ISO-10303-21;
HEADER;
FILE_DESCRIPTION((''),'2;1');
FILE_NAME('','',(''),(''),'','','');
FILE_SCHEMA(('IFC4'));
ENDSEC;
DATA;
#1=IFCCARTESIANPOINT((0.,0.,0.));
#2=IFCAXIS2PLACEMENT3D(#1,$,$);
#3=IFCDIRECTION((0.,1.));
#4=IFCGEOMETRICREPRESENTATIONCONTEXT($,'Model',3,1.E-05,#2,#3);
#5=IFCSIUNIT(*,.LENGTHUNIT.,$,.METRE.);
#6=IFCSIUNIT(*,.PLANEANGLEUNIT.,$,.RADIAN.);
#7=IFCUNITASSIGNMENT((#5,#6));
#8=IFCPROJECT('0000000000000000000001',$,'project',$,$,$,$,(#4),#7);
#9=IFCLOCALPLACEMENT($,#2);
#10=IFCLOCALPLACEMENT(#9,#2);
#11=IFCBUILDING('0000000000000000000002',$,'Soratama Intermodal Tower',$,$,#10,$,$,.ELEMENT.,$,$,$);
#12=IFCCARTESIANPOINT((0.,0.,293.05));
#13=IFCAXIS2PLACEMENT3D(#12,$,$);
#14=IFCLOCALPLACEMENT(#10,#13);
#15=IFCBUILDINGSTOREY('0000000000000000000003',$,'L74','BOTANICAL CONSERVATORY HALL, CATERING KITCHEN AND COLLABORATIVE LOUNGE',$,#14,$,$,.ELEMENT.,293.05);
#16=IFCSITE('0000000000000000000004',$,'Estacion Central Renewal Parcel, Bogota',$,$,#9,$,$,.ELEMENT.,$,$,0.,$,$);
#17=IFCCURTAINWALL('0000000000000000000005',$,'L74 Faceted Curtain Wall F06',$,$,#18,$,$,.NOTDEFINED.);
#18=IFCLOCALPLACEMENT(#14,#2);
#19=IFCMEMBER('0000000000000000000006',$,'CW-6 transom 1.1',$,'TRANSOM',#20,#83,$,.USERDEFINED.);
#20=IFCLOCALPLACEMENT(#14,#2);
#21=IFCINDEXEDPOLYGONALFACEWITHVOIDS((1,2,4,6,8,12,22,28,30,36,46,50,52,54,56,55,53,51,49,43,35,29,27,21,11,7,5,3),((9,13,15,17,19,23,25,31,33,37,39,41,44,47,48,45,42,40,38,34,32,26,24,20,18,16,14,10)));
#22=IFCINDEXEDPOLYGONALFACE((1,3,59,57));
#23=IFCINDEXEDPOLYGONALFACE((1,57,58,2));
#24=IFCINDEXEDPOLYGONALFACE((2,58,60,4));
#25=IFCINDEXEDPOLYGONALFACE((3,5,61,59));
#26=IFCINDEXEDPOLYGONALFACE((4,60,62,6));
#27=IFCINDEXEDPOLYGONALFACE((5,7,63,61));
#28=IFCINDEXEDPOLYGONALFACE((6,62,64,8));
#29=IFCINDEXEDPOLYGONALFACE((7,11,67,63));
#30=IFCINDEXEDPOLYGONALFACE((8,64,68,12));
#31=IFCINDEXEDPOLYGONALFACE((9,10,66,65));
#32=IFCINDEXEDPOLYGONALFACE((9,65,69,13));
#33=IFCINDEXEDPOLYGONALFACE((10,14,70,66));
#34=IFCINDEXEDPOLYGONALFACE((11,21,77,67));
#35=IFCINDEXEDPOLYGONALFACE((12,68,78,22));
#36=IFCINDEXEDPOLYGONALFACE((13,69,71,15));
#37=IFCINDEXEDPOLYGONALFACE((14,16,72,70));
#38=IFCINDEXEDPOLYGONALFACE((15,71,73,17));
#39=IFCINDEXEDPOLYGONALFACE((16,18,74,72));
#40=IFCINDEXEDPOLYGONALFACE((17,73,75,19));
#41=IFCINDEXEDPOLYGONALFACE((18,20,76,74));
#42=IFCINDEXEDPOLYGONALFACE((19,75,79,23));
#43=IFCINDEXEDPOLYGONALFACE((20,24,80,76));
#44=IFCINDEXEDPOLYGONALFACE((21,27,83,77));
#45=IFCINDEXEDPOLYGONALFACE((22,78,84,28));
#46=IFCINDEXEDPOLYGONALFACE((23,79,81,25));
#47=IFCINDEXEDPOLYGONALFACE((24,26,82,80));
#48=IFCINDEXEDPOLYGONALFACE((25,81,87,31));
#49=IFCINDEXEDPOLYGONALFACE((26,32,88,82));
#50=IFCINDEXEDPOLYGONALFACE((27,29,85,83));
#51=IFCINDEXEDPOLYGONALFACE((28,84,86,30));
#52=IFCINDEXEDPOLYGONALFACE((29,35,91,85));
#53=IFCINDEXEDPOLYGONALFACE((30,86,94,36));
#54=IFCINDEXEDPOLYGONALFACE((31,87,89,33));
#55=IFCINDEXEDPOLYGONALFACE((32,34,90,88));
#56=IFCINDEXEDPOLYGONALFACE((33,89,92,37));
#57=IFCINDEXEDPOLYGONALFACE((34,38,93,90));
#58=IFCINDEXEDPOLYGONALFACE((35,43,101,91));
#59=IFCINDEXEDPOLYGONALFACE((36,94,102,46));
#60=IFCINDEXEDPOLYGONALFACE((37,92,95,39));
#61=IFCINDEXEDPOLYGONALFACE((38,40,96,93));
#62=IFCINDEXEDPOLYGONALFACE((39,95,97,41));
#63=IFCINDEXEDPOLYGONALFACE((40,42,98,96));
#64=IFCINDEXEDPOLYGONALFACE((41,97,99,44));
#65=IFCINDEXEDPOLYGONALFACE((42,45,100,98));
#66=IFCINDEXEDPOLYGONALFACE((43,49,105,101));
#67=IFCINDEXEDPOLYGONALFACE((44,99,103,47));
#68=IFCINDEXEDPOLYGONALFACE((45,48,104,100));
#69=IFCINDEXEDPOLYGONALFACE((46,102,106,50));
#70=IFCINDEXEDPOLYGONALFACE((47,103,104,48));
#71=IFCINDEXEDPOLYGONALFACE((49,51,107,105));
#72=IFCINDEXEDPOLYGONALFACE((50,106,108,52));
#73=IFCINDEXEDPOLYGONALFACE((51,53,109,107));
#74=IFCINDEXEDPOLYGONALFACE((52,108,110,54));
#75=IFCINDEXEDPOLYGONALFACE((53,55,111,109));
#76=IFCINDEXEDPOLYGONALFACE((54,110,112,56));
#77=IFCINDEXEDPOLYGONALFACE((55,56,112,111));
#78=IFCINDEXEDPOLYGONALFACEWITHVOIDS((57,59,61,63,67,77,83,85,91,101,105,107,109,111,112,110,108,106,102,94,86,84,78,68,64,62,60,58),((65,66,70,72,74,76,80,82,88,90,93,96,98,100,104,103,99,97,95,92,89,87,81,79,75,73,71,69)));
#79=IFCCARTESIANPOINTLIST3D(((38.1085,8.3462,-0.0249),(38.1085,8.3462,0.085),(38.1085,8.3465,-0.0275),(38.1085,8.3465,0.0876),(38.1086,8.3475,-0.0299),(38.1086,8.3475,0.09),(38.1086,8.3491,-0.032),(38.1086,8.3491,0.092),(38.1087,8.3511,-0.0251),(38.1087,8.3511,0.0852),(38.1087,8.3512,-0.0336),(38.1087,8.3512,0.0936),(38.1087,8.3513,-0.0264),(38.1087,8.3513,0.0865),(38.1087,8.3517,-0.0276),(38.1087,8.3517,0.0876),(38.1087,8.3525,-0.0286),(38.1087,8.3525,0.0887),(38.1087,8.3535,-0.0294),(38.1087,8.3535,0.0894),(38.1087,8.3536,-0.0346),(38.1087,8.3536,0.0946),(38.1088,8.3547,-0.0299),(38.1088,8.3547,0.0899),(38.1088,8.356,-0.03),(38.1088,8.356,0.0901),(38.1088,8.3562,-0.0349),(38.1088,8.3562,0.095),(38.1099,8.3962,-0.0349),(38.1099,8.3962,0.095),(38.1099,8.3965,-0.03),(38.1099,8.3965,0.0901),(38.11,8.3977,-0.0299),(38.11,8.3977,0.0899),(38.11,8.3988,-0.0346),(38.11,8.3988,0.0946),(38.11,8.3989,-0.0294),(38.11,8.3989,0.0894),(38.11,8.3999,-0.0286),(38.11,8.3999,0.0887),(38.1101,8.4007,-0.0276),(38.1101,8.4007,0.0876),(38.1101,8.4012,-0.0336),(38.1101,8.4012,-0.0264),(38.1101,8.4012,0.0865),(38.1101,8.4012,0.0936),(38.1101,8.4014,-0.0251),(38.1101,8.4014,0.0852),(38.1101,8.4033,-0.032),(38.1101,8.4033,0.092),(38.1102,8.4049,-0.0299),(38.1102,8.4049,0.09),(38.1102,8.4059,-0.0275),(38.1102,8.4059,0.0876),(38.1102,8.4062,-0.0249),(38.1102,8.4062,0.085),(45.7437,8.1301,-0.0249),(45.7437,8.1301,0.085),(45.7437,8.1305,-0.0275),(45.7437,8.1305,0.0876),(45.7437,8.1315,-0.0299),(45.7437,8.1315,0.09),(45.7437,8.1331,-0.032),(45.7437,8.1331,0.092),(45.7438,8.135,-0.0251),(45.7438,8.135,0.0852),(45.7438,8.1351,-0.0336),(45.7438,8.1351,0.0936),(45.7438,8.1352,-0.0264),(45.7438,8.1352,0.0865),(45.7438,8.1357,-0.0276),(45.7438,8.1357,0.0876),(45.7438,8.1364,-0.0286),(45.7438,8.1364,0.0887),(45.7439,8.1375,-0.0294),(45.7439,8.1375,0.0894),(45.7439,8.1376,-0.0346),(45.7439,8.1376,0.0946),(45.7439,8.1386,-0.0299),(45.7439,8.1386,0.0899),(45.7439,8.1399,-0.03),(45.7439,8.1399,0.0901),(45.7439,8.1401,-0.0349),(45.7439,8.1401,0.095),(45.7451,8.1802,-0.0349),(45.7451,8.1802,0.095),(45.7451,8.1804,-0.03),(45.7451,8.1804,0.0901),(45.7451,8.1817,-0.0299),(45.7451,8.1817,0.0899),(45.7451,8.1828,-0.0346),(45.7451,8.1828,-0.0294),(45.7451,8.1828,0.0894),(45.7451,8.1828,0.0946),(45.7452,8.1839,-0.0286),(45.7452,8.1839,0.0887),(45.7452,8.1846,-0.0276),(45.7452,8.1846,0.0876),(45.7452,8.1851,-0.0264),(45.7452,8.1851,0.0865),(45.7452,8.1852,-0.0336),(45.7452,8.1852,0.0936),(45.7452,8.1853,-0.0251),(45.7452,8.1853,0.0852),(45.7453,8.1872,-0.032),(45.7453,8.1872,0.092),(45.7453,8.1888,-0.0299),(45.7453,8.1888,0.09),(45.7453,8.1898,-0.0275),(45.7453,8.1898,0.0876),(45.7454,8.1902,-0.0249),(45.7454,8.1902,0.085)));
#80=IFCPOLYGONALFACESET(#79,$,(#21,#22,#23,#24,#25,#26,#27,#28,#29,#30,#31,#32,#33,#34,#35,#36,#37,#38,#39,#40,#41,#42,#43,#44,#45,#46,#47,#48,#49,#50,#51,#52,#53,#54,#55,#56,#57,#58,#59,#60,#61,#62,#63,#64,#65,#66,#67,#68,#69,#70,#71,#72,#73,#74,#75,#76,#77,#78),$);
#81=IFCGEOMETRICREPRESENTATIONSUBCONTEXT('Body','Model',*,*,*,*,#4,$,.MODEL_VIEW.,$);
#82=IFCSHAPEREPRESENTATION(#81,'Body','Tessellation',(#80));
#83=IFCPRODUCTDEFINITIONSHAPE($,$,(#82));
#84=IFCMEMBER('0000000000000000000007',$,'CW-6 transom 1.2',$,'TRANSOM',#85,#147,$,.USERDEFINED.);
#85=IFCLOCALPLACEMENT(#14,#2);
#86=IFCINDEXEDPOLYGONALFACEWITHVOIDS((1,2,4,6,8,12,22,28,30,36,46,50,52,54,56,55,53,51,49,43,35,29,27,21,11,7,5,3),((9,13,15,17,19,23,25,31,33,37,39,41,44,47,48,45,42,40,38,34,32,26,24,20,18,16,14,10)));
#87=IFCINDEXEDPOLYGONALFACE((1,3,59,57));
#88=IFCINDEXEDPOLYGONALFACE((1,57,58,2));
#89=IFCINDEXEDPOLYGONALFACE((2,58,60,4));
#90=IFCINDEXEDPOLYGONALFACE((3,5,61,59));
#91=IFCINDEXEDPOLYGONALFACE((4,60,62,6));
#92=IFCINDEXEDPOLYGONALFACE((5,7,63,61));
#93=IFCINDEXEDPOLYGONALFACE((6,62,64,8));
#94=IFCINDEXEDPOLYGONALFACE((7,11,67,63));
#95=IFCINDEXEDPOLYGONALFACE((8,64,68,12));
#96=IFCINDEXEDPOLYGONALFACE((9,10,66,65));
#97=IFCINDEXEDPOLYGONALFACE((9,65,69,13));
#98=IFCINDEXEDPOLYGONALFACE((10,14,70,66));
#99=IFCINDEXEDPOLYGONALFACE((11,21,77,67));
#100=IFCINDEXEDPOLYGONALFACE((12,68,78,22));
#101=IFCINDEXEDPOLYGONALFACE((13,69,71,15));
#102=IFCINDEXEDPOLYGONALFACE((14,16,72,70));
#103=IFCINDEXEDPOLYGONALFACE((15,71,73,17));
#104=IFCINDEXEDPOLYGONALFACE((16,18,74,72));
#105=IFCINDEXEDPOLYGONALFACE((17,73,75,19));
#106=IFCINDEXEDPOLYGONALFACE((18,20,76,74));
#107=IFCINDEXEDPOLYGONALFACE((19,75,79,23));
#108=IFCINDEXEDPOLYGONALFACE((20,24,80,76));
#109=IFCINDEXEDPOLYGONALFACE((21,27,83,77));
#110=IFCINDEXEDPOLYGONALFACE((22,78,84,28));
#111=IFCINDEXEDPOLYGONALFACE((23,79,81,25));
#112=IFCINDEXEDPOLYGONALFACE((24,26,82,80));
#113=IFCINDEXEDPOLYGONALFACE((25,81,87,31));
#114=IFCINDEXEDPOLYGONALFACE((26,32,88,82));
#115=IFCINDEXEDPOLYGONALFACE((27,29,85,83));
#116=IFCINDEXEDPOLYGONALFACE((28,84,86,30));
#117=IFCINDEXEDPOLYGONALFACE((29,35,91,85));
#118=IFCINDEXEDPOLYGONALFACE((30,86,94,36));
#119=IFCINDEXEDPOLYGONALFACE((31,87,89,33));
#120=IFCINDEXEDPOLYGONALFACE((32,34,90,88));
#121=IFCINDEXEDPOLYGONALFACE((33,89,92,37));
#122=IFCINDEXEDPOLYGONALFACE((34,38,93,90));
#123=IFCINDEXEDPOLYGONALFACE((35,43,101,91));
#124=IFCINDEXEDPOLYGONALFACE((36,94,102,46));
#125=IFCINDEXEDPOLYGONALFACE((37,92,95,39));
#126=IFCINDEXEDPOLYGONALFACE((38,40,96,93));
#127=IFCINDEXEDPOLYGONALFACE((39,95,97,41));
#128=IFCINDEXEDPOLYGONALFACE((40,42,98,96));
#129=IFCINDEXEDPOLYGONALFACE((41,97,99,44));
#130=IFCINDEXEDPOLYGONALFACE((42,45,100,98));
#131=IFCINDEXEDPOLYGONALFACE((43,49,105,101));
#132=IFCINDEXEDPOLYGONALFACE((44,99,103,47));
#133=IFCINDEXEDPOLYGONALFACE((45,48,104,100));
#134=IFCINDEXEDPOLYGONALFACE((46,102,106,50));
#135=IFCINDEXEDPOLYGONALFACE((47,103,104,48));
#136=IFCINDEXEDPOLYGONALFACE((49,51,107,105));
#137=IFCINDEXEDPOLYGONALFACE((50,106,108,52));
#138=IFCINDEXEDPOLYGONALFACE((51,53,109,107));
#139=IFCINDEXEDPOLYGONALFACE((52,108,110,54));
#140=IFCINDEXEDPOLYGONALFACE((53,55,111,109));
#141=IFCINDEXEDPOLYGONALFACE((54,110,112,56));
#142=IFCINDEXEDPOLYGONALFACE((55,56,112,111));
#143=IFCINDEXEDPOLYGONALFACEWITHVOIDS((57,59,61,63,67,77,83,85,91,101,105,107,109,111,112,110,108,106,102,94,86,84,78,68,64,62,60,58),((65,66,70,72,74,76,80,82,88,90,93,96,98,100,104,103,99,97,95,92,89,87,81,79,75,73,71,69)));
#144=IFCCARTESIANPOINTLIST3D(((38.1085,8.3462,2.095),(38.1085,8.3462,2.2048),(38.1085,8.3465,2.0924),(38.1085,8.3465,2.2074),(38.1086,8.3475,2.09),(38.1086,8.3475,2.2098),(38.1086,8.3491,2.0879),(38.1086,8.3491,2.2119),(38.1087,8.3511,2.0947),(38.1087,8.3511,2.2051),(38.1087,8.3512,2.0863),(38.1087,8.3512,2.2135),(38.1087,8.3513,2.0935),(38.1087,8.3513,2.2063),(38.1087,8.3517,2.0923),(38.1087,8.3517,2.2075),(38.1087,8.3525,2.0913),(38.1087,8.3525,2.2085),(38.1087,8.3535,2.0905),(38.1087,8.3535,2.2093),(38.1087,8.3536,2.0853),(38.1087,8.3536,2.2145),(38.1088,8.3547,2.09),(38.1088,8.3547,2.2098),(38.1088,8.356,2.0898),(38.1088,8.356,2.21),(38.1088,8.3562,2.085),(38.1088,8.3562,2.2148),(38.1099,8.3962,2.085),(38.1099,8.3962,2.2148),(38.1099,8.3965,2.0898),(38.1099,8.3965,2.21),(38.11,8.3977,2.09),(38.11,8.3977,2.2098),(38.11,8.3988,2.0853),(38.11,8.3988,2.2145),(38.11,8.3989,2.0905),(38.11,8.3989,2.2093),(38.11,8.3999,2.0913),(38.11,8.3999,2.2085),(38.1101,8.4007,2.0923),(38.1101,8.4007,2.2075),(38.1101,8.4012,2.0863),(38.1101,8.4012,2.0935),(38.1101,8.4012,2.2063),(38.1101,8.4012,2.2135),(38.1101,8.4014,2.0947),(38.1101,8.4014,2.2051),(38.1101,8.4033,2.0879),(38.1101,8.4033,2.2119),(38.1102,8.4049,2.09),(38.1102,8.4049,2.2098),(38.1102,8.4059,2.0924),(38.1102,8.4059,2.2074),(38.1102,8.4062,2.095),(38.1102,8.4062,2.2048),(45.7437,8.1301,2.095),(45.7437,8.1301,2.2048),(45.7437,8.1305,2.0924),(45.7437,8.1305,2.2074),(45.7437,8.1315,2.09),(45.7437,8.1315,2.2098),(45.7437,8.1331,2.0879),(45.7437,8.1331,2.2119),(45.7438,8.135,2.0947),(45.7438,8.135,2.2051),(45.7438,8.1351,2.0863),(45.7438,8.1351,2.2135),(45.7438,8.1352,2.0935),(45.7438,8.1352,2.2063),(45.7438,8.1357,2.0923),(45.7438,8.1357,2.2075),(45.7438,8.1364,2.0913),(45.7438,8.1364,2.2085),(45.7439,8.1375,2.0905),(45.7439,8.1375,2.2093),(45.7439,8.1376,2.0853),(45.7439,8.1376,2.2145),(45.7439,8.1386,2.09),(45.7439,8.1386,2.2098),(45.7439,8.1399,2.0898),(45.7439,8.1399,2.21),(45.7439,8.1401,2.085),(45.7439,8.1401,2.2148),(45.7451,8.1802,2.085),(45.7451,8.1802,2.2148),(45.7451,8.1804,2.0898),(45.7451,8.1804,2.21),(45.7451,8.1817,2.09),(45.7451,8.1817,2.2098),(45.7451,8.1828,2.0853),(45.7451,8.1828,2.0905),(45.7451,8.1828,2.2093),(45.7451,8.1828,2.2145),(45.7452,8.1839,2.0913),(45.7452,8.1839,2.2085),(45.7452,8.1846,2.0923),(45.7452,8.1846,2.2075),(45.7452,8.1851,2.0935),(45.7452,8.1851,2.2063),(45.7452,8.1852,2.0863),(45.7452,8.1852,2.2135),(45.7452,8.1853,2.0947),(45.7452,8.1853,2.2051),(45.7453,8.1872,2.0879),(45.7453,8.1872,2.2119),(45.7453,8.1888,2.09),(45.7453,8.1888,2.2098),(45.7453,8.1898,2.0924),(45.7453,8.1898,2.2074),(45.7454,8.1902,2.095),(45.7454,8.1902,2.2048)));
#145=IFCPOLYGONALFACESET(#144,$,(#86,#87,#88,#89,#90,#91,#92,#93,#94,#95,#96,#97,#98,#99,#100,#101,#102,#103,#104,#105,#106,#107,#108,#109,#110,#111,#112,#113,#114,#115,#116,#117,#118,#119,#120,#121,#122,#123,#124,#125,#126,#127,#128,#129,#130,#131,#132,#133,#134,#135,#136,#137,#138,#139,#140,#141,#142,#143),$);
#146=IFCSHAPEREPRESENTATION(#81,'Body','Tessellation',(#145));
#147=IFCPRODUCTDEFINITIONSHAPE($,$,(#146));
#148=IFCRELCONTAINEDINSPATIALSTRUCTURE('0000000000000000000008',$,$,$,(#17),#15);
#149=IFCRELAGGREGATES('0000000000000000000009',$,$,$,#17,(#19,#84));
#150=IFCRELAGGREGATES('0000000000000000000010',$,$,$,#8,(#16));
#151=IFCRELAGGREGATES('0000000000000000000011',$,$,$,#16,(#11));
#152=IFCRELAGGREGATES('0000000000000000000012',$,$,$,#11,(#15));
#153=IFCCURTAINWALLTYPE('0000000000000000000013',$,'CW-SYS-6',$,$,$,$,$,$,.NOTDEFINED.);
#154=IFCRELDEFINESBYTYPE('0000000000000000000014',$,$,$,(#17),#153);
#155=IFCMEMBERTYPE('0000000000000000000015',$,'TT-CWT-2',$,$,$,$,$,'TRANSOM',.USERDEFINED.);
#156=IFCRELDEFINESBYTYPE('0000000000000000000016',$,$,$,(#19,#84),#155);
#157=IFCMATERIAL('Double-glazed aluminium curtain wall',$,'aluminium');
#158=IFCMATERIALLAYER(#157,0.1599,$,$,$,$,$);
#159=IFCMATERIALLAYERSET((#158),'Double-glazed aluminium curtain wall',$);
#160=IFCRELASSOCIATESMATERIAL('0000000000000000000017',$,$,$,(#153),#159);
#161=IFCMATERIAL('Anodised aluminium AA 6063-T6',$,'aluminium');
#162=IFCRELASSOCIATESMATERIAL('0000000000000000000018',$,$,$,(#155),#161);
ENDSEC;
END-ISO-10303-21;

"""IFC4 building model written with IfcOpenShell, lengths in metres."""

from ifc_helpers import new_model, si_unit, direction, frame, origin, origin_2d, place, context, subcontext, project, spatial, hollow_rectangle, extrude, material, layer, layer_set, material_profile, profile_set, type_object, element, aggregate, save


model = new_model("IFC4")

# Units and contexts
model_context = context("Model", 3, precision=1e-05, world=origin(), true_north=direction((0.0, 1.0)))
body_context = subcontext(model_context, "Body", "Model", "MODEL_VIEW")
ifc_project = project(units=[si_unit("LENGTHUNIT", "METRE"), si_unit("PLANEANGLEUNIT", "RADIAN")], contexts=[model_context])

# Site, building, storey
site_placement = place(None, origin())
site = spatial("IfcSite", under=ifc_project, at=site_placement, Name="Estacion Central Renewal Parcel, Bogota", CompositionType="ELEMENT", RefElevation=0.0)
building_placement = place(site_placement, origin())
building = spatial("IfcBuilding", under=site, at=building_placement, Name="Soratama Intermodal Tower", CompositionType="ELEMENT")
storey_placement = place(building_placement, frame((0.0, 0.0, 293.05)))
storey = spatial("IfcBuildingStorey", under=building, at=storey_placement, Name="L74", Description="BOTANICAL CONSERVATORY HALL, CATERING KITCHEN AND COLLABORATIVE LOUNGE", CompositionType="ELEMENT", Elevation=293.05)

# Shared definitions
ifc_material_1 = material(Name="Double-glazed aluminium curtain wall", Category="aluminium")
ifc_layer_1 = layer(ifc_material_1, 0.1599)
ifc_layer_set_1 = layer_set([ifc_layer_1], Name="Double-glazed aluminium curtain wall")
curtain_wall_type = type_object("IfcCurtainWallType", Name="CW-SYS-6", PredefinedType="NOTDEFINED", material=ifc_layer_set_1)

# Curtain wall, members
curtain_wall_1_placement = place(storey_placement, origin())
curtain_wall_1 = element("IfcCurtainWall", 1, at=curtain_wall_1_placement, inside=storey, type_object=curtain_wall_type, Name="L74 Faceted Curtain Wall F06", PredefinedType="NOTDEFINED")
ifc_material_2 = material(Name="Anodised aluminium AA 6063-T6", Category="aluminium")
ifc_material_profile_1 = material_profile(ifc_material_2, hollow_rectangle(XDim=0.0601, YDim=0.1299, WallThickness=0.0049, InnerFilletRadius=0.0049, OuterFilletRadius=0.01, at=origin_2d()), Name="CWT130X60X5")
ifc_profile_set_1 = profile_set([ifc_material_profile_1], Name="Anodised aluminium AA 6063-T6")
member_type_1 = type_object("IfcMemberType", Name="TT-CWT-2", ElementType="TRANSOM", PredefinedType="USERDEFINED", material=ifc_profile_set_1)
member_1_placement = place(storey_placement, frame((38.1094, 8.3762, 0.03), z_axis=(0.9996, -0.028288, 0.0), x_axis=(0.028288, 0.9996, 0.0)))
member_1 = element("IfcMember", 2, at=member_1_placement, type_object=member_type_1, Name="CW-6 transom 1.1", ObjectType="TRANSOM", PredefinedType="USERDEFINED", context=body_context, shape_type="SweptSolid", body=[
    extrude(hollow_rectangle(XDim=0.0601, YDim=0.1299, WallThickness=0.0049, InnerFilletRadius=0.0049, OuterFilletRadius=0.01, at=origin_2d()), origin(), (0.0, 0.0, 1.0), 7.6382),
])
member_2_placement = place(storey_placement, frame((38.1094, 8.3762, 2.1499), z_axis=(0.9996, -0.028288, 0.0), x_axis=(0.028288, 0.9996, 0.0)))
member_2 = element("IfcMember", 3, at=member_2_placement, type_object=member_type_1, Name="CW-6 transom 1.2", ObjectType="TRANSOM", PredefinedType="USERDEFINED", context=body_context, shape_type="SweptSolid", body=[
    extrude(hollow_rectangle(XDim=0.0601, YDim=0.1299, WallThickness=0.0049, InnerFilletRadius=0.0049, OuterFilletRadius=0.01, at=origin_2d()), origin(), (0.0, 0.0, 1.0), 7.6382),
])
aggregate(curtain_wall_1, [member_1, member_2])

save(model, "model.ifc")
